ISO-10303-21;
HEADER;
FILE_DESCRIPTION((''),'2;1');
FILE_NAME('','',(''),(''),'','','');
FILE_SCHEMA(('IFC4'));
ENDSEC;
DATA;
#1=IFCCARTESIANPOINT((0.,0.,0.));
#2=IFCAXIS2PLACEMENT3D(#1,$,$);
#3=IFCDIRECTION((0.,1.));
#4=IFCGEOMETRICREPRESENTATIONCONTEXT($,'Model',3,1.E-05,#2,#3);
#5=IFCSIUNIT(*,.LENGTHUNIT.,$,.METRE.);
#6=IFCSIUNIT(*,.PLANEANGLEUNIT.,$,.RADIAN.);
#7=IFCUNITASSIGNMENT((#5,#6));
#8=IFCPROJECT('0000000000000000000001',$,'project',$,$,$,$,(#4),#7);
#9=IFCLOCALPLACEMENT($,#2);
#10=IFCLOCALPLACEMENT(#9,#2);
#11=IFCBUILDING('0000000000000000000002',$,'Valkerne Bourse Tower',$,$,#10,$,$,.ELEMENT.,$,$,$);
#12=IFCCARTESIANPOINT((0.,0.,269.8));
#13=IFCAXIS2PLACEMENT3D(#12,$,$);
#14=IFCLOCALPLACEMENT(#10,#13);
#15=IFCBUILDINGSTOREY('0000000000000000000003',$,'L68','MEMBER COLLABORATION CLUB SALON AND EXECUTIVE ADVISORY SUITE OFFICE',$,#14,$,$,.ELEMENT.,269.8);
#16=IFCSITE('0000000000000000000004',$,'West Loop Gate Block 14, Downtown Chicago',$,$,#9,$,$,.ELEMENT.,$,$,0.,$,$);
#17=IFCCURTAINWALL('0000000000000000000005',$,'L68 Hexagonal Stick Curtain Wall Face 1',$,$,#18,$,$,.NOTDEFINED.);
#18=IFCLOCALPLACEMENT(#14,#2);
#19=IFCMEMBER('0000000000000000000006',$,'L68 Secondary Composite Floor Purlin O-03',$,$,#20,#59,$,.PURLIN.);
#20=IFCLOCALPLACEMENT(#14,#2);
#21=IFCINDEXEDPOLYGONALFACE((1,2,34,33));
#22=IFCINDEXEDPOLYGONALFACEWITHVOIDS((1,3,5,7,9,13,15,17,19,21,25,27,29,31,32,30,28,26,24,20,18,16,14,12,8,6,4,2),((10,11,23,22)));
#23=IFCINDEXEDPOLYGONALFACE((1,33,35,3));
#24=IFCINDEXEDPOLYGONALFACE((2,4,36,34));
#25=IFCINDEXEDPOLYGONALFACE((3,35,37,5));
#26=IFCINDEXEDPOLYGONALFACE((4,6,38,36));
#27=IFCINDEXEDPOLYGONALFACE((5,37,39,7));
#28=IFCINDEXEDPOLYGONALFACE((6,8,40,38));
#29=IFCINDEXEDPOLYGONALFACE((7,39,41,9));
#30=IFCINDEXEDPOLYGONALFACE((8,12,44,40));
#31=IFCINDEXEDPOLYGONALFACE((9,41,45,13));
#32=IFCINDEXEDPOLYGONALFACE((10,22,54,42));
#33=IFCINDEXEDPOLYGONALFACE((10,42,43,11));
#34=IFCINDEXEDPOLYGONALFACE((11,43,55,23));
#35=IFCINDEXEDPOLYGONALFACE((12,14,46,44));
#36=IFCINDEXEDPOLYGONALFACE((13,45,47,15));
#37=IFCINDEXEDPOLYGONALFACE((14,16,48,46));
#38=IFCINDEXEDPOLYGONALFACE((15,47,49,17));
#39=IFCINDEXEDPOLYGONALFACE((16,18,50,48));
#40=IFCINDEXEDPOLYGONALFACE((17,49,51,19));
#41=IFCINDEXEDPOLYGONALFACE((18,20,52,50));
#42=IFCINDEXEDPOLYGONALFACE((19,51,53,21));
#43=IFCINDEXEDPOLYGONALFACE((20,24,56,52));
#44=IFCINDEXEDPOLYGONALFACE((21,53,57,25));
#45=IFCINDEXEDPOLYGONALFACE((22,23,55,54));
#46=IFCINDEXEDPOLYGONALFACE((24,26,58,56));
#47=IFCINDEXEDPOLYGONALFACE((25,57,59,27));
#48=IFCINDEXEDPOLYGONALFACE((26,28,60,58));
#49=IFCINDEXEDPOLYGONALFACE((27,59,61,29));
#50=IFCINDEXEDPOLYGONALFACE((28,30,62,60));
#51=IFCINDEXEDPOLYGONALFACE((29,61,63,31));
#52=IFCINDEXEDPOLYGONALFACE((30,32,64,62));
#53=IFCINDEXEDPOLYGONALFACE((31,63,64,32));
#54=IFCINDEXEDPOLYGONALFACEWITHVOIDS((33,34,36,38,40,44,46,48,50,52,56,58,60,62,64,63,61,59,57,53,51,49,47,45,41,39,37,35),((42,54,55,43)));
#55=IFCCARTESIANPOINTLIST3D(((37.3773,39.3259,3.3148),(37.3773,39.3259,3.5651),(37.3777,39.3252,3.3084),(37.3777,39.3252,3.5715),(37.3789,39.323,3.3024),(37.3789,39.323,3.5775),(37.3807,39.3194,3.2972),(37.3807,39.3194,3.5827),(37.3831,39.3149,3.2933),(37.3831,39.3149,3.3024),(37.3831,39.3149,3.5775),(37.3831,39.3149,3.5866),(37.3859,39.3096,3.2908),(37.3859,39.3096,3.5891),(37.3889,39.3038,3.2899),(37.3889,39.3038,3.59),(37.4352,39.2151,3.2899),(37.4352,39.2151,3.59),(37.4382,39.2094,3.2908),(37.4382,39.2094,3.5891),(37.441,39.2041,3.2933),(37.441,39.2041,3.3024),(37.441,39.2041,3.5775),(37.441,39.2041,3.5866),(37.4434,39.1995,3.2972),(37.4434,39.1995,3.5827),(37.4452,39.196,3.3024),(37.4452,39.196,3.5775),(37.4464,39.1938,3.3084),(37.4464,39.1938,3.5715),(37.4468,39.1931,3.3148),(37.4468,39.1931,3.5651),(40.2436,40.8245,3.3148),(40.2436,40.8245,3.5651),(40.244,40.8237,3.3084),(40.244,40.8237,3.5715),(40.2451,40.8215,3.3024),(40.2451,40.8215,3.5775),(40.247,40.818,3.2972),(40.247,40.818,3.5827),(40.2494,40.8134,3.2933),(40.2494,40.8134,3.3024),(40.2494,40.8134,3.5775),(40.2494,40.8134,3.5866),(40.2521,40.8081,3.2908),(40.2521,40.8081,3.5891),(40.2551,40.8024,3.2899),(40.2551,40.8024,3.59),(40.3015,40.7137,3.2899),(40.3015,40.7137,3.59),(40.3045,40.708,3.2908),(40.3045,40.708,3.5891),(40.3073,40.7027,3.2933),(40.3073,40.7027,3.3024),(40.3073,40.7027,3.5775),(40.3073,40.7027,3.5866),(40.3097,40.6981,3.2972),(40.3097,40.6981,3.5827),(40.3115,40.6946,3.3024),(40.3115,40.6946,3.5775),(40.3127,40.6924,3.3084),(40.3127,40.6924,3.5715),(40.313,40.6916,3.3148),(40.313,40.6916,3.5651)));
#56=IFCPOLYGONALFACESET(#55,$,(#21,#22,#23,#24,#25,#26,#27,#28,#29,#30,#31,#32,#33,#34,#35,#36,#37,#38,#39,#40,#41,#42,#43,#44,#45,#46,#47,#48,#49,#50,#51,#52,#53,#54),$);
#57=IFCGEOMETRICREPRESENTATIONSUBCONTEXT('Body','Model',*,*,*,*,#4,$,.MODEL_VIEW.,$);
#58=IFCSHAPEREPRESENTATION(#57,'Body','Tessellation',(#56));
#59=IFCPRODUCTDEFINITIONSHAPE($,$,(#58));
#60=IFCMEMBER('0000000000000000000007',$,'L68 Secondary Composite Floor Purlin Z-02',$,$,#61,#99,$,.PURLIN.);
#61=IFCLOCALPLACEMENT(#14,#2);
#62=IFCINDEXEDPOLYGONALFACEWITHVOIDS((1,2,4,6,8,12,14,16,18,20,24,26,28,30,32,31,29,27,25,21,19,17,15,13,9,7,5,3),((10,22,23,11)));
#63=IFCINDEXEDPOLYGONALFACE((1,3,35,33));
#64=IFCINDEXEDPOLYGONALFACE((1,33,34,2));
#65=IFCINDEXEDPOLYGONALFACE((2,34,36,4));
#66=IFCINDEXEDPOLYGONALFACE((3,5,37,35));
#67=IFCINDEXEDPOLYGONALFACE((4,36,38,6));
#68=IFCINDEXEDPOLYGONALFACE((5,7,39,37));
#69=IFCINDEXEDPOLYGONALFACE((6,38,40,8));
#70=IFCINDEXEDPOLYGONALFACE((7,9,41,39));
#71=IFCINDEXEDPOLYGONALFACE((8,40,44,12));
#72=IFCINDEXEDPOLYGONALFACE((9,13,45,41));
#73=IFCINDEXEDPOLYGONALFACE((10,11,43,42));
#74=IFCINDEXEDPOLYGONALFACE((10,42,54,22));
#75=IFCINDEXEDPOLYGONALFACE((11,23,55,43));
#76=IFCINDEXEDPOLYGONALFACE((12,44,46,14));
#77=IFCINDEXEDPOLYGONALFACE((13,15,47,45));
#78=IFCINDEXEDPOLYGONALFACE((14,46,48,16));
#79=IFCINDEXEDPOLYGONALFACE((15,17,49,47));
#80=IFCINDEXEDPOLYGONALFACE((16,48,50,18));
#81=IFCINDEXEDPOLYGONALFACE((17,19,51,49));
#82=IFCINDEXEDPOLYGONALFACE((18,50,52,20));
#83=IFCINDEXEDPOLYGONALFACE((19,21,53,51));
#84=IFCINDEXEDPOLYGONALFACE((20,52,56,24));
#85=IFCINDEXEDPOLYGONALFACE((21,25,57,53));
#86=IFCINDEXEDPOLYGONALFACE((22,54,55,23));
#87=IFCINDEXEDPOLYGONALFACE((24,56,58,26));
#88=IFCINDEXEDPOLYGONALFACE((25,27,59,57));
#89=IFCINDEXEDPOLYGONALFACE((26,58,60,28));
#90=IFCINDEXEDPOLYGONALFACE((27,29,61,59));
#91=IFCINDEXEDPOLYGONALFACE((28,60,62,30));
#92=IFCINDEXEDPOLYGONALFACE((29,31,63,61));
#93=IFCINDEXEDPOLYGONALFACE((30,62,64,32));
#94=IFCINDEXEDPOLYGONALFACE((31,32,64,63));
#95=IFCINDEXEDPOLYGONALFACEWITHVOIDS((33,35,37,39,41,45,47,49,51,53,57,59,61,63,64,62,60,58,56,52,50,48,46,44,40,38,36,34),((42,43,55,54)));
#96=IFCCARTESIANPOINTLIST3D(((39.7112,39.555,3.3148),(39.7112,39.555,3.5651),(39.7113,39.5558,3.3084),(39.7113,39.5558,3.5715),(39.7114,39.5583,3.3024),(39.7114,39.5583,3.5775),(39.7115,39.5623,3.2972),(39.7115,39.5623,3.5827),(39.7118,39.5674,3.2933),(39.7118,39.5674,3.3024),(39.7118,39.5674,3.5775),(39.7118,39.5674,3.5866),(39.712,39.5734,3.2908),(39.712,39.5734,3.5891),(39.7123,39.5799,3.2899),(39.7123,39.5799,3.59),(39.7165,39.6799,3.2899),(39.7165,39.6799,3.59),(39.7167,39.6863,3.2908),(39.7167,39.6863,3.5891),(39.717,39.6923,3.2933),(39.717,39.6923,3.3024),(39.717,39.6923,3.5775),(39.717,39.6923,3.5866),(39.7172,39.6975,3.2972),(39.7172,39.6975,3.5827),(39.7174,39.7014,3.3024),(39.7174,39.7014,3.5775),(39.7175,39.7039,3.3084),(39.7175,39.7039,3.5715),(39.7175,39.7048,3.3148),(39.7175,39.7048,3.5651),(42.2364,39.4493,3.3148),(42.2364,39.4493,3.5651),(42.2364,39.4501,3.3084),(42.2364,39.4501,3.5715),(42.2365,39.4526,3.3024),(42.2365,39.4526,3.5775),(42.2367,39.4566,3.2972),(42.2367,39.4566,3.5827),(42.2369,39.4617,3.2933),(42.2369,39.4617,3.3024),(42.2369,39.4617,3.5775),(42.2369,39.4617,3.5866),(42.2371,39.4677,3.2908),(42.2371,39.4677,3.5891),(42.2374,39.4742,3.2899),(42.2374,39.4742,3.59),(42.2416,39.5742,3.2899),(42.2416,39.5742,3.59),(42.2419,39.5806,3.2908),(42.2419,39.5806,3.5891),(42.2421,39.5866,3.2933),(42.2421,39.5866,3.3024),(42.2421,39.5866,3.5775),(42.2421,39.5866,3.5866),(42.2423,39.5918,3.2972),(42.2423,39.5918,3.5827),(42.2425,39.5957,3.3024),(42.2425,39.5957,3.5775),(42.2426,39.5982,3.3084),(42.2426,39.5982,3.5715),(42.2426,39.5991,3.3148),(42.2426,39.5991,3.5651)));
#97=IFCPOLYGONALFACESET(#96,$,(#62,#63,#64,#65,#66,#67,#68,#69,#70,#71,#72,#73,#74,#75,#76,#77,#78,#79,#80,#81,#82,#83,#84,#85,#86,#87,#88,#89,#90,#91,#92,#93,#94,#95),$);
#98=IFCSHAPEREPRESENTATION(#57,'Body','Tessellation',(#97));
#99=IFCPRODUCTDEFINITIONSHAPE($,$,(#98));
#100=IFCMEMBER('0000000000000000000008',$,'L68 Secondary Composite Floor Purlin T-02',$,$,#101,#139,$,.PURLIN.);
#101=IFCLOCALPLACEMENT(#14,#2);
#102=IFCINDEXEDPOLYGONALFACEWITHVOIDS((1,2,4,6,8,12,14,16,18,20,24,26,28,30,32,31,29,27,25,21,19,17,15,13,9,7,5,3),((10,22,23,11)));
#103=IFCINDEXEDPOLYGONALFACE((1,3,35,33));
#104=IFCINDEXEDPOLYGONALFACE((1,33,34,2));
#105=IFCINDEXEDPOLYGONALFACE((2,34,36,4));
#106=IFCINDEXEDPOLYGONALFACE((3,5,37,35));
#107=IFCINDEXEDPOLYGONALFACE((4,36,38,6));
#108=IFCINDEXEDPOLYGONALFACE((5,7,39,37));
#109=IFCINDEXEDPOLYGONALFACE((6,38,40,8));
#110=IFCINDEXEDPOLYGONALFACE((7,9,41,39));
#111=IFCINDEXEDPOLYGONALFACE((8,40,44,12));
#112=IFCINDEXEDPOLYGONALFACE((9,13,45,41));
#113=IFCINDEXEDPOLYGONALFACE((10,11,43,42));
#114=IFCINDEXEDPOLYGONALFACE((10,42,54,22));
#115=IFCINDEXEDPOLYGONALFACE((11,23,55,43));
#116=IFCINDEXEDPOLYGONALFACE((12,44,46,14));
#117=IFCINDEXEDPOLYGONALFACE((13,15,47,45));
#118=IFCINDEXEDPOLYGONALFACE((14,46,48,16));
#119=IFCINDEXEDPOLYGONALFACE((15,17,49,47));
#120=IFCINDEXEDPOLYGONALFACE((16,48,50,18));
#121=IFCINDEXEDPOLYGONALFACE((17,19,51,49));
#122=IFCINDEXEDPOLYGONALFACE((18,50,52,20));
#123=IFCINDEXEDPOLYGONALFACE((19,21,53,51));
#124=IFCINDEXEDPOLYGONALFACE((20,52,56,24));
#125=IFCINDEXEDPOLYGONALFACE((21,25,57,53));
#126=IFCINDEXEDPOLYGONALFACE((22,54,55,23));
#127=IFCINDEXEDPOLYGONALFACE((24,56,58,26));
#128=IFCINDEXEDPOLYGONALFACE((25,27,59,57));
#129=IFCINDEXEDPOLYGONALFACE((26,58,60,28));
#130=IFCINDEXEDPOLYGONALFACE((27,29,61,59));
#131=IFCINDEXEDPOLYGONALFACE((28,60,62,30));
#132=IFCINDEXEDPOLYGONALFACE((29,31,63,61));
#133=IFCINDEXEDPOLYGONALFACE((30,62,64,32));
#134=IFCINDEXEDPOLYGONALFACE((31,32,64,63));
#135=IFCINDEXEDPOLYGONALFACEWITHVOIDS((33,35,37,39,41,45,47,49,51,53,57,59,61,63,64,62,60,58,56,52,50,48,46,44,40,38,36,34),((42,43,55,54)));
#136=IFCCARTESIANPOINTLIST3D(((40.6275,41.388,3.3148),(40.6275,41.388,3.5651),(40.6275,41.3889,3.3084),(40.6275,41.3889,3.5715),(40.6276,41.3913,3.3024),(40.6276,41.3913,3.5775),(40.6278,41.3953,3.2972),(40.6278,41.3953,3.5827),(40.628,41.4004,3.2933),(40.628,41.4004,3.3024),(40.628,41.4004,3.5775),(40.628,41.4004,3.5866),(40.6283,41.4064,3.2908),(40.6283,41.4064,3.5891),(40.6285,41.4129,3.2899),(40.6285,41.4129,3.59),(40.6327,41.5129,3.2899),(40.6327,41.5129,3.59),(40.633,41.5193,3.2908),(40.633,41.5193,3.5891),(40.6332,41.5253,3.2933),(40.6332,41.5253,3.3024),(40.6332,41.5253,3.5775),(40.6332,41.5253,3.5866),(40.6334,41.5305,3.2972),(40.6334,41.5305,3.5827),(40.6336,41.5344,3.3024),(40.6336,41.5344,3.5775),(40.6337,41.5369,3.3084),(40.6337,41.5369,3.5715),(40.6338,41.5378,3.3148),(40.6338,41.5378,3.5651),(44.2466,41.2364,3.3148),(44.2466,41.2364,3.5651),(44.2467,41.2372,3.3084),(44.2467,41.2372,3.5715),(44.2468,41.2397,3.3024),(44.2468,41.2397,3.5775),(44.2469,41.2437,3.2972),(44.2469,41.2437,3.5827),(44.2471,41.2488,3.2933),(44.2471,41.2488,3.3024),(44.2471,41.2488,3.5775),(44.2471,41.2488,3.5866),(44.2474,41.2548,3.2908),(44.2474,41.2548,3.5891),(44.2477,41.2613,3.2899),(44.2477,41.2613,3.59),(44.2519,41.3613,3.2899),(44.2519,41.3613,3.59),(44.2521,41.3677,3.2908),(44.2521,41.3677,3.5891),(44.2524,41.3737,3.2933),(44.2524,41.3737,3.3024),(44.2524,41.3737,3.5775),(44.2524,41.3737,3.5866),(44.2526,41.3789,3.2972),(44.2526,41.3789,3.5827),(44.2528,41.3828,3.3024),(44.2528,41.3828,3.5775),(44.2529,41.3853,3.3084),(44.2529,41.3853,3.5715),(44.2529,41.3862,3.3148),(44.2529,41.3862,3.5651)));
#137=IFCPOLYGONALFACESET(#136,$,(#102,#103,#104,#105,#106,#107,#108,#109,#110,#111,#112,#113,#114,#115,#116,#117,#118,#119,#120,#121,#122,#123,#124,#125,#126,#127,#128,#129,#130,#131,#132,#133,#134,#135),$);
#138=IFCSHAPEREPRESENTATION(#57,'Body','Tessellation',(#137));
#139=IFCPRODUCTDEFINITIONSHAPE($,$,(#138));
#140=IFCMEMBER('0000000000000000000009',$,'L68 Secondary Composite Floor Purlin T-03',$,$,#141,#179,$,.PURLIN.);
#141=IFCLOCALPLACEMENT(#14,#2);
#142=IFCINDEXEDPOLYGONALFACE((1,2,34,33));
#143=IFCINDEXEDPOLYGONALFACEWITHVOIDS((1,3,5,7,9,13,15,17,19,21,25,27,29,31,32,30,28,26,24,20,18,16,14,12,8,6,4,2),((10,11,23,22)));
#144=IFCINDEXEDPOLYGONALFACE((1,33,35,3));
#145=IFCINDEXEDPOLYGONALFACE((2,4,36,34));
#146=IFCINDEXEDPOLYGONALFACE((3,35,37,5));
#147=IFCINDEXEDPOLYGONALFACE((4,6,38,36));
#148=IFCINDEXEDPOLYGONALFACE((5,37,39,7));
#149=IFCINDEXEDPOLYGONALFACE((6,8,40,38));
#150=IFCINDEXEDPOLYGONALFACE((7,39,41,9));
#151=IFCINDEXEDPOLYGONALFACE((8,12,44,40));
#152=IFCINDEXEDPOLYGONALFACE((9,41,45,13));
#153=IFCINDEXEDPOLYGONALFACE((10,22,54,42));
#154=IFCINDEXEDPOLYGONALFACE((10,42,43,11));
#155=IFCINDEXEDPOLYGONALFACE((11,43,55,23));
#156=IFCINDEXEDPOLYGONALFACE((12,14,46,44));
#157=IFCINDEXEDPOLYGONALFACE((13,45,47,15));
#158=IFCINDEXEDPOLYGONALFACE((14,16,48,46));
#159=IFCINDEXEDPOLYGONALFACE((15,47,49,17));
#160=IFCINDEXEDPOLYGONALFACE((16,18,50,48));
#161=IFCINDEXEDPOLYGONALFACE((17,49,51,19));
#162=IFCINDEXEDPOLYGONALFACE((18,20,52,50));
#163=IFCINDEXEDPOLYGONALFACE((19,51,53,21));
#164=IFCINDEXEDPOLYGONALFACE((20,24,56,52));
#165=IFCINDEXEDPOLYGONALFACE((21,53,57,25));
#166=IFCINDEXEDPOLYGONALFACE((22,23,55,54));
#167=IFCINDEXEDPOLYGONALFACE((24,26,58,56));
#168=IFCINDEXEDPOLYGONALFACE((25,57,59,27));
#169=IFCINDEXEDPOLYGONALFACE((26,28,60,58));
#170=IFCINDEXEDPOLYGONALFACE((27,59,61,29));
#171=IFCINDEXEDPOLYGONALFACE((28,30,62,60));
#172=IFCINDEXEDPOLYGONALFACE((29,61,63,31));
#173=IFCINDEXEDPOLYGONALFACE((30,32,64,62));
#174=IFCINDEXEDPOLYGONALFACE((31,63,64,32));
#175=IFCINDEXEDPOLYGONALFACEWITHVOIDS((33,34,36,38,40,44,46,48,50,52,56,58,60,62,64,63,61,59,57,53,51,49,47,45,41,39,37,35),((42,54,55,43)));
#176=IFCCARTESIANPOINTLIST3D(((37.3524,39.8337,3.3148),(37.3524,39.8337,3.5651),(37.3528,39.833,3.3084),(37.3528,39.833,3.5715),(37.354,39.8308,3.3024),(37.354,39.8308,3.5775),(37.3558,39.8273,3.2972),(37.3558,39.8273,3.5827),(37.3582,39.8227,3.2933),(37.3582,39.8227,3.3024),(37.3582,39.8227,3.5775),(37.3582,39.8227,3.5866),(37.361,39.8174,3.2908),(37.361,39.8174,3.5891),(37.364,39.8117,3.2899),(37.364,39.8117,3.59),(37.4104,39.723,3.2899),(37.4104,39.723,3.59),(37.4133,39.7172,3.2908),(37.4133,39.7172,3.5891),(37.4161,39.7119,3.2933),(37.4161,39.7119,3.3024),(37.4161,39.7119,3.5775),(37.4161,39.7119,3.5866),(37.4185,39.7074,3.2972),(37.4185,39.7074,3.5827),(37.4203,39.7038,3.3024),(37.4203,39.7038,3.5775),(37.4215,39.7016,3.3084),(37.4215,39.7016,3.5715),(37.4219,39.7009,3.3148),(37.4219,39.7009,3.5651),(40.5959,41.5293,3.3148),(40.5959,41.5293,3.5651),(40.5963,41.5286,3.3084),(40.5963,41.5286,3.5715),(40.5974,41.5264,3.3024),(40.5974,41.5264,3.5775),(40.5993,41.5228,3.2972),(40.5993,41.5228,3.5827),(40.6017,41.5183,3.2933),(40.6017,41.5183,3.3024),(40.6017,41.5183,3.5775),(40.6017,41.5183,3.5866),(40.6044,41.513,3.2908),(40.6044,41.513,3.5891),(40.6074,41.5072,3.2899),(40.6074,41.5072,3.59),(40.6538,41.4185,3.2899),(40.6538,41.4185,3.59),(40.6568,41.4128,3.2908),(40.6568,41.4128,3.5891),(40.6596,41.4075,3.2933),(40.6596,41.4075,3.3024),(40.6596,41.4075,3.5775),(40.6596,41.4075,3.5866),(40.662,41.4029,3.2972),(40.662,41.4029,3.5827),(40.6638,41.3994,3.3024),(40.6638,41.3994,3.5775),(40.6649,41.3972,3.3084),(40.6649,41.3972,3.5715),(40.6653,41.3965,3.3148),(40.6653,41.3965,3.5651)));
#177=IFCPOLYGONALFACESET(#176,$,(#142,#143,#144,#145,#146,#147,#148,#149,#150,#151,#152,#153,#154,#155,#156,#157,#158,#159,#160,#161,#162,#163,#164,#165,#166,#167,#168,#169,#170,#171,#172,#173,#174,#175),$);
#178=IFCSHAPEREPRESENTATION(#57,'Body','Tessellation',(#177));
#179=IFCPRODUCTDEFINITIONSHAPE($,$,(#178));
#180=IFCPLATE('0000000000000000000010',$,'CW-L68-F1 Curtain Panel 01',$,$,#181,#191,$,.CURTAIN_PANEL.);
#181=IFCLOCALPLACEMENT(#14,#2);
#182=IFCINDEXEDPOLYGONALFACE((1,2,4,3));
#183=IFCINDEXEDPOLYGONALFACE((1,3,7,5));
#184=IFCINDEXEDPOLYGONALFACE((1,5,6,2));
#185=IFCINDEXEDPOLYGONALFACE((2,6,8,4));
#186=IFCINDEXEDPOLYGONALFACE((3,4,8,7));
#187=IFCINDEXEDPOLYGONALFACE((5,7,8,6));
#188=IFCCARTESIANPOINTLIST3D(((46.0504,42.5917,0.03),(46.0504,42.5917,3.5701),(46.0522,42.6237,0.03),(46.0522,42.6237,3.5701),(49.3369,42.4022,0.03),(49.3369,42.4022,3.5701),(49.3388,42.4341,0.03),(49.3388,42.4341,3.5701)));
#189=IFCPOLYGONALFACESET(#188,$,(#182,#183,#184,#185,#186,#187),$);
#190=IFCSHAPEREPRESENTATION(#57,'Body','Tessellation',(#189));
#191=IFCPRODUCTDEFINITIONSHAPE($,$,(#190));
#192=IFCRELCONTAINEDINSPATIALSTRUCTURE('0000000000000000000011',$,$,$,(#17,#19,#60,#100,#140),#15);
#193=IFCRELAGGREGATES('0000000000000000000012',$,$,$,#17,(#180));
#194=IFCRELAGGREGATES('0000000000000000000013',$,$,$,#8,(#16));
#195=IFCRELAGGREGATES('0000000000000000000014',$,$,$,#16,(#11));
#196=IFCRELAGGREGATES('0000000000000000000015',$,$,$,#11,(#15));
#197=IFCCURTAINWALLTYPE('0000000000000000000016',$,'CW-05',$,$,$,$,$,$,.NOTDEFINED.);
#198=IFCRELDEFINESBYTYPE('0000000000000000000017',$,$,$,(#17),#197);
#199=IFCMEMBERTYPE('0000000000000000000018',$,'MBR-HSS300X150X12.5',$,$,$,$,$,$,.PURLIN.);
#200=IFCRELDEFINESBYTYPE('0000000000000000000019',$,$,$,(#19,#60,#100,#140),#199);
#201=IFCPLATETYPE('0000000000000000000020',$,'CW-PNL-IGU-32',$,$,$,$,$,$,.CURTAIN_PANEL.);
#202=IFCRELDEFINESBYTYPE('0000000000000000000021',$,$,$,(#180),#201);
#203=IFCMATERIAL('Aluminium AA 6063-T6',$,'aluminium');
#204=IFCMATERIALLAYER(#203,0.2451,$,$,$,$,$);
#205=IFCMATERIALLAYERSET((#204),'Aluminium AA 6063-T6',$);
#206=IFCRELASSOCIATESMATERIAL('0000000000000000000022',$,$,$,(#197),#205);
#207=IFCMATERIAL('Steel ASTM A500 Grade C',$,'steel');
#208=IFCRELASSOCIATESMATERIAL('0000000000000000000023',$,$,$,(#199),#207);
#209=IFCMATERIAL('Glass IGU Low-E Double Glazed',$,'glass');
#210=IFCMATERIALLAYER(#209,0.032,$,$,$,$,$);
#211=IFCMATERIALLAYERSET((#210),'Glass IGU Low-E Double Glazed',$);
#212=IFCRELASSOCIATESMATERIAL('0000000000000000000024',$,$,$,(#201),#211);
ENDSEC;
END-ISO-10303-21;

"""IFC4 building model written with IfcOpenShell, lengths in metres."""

from ifc_helpers import new_model, si_unit, direction, frame, origin, origin_2d, place, context, subcontext, project, spatial, rectangle, hollow_rectangle, extrude, material, layer, layer_set, material_profile, profile_set, type_object, element, aggregate, save


model = new_model("IFC4")

# Units and contexts
model_context = context("Model", 3, precision=1e-05, world=origin(), true_north=direction((0.0, 1.0)))
body_context = subcontext(model_context, "Body", "Model", "MODEL_VIEW")
ifc_project = project(units=[si_unit("LENGTHUNIT", "METRE"), si_unit("PLANEANGLEUNIT", "RADIAN")], contexts=[model_context])

# Site, building, storey
site_placement = place(None, origin())
site = spatial("IfcSite", under=ifc_project, at=site_placement, Name="West Loop Gate Block 14, Downtown Chicago", CompositionType="ELEMENT", RefElevation=0.0)
building_placement = place(site_placement, origin())
building = spatial("IfcBuilding", under=site, at=building_placement, Name="Valkerne Bourse Tower", CompositionType="ELEMENT")
storey_placement = place(building_placement, frame((0.0, 0.0, 269.8)))
storey = spatial("IfcBuildingStorey", under=building, at=storey_placement, Name="L68", Description="MEMBER COLLABORATION CLUB SALON AND EXECUTIVE ADVISORY SUITE OFFICE", CompositionType="ELEMENT", Elevation=269.8)

# Curtain wall
ifc_material_1 = material(Name="Aluminium AA 6063-T6", Category="aluminium")
ifc_layer_1 = layer(ifc_material_1, 0.2451)
ifc_layer_set_1 = layer_set([ifc_layer_1], Name="Aluminium AA 6063-T6")
curtain_wall_type = type_object("IfcCurtainWallType", Name="CW-05", PredefinedType="NOTDEFINED", material=ifc_layer_set_1)
curtain_wall_placement = place(storey_placement, origin())
curtain_wall = element("IfcCurtainWall", 1, at=curtain_wall_placement, inside=storey, type_object=curtain_wall_type, Name="L68 Hexagonal Stick Curtain Wall Face 1", PredefinedType="NOTDEFINED")

# Members
ifc_material_2 = material(Name="Steel ASTM A500 Grade C", Category="steel")
ifc_material_profile_1 = material_profile(ifc_material_2, hollow_rectangle(XDim=0.1499, YDim=0.3, WallThickness=0.0125, OuterFilletRadius=0.0249, at=origin_2d()), Name="HSS300X150X12.5")
ifc_profile_set_1 = profile_set([ifc_material_profile_1], Name="Steel ASTM A500 Grade C")
member_type_1 = type_object("IfcMemberType", Name="MBR-HSS300X150X12.5", PredefinedType="PURLIN", material=ifc_profile_set_1)
member_1_placement = place(storey_placement, frame((40.2783, 40.7581, 3.4399), z_axis=(-0.886189, -0.463324, 0.0), x_axis=(0.463324, -0.886189, 0.0)))
element("IfcMember", 2, at=member_1_placement, inside=storey, type_object=member_type_1, Name="L68 Secondary Composite Floor Purlin O-03", PredefinedType="PURLIN", context=body_context, shape_type="SweptSolid", body=[
    extrude(hollow_rectangle(XDim=0.1499, YDim=0.3, WallThickness=0.0125, OuterFilletRadius=0.0249, at=origin_2d()), origin(), (0.0, 0.0, 1.0), 3.2344),
])
member_2_placement = place(storey_placement, frame((42.2395, 39.5242, 3.4399), z_axis=(-0.999125, 0.041827, 0.0), x_axis=(-0.041827, -0.999125, 0.0)))
element("IfcMember", 3, at=member_2_placement, inside=storey, type_object=member_type_1, Name="L68 Secondary Composite Floor Purlin Z-02", PredefinedType="PURLIN", context=body_context, shape_type="SweptSolid", body=[
    extrude(hollow_rectangle(XDim=0.1499, YDim=0.3, WallThickness=0.0125, OuterFilletRadius=0.0249, at=origin_2d()), origin(), (0.0, 0.0, 1.0), 2.5273),
])
member_3_placement = place(storey_placement, frame((44.2498, 41.3113, 3.4399), z_axis=(-0.999124, 0.041855, 0.0), x_axis=(-0.041855, -0.999124, 0.0)))
element("IfcMember", 4, at=member_3_placement, inside=storey, type_object=member_type_1, Name="L68 Secondary Composite Floor Purlin T-02", PredefinedType="PURLIN", context=body_context, shape_type="SweptSolid", body=[
    extrude(hollow_rectangle(XDim=0.1499, YDim=0.3, WallThickness=0.0125, OuterFilletRadius=0.0249, at=origin_2d()), origin(), (0.0, 0.0, 1.0), 3.6223),
])
member_4_placement = place(storey_placement, frame((40.6306, 41.4629, 3.4399), z_axis=(-0.88621, -0.463284, 0.0), x_axis=(0.463284, -0.88621, 0.0)))
element("IfcMember", 5, at=member_4_placement, inside=storey, type_object=member_type_1, Name="L68 Secondary Composite Floor Purlin T-03", PredefinedType="PURLIN", context=body_context, shape_type="SweptSolid", body=[
    extrude(hollow_rectangle(XDim=0.1499, YDim=0.3, WallThickness=0.0125, OuterFilletRadius=0.0249, at=origin_2d()), origin(), (0.0, 0.0, 1.0), 3.6599),
])

# Plate
ifc_material_3 = material(Name="Glass IGU Low-E Double Glazed", Category="glass")
ifc_layer_2 = layer(ifc_material_3, 0.032)
ifc_layer_set_2 = layer_set([ifc_layer_2], Name="Glass IGU Low-E Double Glazed")
plate_type = type_object("IfcPlateType", Name="CW-PNL-IGU-32", PredefinedType="CURTAIN_PANEL", material=ifc_layer_set_2)
plate_1_placement = place(storey_placement, frame((47.6946, 42.5129, 0.03), z_axis=(0.0, 0.0, 1.0), x_axis=(-0.998341, 0.057574, 0.0)))
plate_1 = element("IfcPlate", 6, at=plate_1_placement, type_object=plate_type, Name="CW-L68-F1 Curtain Panel 01", PredefinedType="CURTAIN_PANEL", context=body_context, shape_type="SweptSolid", body=[
    extrude(rectangle(XDim=3.292, YDim=0.032, at=origin_2d()), origin(), (0.0, 0.0, 1.0), 3.54),
])
aggregate(curtain_wall, [plate_1])

save(model, "model.ifc")
